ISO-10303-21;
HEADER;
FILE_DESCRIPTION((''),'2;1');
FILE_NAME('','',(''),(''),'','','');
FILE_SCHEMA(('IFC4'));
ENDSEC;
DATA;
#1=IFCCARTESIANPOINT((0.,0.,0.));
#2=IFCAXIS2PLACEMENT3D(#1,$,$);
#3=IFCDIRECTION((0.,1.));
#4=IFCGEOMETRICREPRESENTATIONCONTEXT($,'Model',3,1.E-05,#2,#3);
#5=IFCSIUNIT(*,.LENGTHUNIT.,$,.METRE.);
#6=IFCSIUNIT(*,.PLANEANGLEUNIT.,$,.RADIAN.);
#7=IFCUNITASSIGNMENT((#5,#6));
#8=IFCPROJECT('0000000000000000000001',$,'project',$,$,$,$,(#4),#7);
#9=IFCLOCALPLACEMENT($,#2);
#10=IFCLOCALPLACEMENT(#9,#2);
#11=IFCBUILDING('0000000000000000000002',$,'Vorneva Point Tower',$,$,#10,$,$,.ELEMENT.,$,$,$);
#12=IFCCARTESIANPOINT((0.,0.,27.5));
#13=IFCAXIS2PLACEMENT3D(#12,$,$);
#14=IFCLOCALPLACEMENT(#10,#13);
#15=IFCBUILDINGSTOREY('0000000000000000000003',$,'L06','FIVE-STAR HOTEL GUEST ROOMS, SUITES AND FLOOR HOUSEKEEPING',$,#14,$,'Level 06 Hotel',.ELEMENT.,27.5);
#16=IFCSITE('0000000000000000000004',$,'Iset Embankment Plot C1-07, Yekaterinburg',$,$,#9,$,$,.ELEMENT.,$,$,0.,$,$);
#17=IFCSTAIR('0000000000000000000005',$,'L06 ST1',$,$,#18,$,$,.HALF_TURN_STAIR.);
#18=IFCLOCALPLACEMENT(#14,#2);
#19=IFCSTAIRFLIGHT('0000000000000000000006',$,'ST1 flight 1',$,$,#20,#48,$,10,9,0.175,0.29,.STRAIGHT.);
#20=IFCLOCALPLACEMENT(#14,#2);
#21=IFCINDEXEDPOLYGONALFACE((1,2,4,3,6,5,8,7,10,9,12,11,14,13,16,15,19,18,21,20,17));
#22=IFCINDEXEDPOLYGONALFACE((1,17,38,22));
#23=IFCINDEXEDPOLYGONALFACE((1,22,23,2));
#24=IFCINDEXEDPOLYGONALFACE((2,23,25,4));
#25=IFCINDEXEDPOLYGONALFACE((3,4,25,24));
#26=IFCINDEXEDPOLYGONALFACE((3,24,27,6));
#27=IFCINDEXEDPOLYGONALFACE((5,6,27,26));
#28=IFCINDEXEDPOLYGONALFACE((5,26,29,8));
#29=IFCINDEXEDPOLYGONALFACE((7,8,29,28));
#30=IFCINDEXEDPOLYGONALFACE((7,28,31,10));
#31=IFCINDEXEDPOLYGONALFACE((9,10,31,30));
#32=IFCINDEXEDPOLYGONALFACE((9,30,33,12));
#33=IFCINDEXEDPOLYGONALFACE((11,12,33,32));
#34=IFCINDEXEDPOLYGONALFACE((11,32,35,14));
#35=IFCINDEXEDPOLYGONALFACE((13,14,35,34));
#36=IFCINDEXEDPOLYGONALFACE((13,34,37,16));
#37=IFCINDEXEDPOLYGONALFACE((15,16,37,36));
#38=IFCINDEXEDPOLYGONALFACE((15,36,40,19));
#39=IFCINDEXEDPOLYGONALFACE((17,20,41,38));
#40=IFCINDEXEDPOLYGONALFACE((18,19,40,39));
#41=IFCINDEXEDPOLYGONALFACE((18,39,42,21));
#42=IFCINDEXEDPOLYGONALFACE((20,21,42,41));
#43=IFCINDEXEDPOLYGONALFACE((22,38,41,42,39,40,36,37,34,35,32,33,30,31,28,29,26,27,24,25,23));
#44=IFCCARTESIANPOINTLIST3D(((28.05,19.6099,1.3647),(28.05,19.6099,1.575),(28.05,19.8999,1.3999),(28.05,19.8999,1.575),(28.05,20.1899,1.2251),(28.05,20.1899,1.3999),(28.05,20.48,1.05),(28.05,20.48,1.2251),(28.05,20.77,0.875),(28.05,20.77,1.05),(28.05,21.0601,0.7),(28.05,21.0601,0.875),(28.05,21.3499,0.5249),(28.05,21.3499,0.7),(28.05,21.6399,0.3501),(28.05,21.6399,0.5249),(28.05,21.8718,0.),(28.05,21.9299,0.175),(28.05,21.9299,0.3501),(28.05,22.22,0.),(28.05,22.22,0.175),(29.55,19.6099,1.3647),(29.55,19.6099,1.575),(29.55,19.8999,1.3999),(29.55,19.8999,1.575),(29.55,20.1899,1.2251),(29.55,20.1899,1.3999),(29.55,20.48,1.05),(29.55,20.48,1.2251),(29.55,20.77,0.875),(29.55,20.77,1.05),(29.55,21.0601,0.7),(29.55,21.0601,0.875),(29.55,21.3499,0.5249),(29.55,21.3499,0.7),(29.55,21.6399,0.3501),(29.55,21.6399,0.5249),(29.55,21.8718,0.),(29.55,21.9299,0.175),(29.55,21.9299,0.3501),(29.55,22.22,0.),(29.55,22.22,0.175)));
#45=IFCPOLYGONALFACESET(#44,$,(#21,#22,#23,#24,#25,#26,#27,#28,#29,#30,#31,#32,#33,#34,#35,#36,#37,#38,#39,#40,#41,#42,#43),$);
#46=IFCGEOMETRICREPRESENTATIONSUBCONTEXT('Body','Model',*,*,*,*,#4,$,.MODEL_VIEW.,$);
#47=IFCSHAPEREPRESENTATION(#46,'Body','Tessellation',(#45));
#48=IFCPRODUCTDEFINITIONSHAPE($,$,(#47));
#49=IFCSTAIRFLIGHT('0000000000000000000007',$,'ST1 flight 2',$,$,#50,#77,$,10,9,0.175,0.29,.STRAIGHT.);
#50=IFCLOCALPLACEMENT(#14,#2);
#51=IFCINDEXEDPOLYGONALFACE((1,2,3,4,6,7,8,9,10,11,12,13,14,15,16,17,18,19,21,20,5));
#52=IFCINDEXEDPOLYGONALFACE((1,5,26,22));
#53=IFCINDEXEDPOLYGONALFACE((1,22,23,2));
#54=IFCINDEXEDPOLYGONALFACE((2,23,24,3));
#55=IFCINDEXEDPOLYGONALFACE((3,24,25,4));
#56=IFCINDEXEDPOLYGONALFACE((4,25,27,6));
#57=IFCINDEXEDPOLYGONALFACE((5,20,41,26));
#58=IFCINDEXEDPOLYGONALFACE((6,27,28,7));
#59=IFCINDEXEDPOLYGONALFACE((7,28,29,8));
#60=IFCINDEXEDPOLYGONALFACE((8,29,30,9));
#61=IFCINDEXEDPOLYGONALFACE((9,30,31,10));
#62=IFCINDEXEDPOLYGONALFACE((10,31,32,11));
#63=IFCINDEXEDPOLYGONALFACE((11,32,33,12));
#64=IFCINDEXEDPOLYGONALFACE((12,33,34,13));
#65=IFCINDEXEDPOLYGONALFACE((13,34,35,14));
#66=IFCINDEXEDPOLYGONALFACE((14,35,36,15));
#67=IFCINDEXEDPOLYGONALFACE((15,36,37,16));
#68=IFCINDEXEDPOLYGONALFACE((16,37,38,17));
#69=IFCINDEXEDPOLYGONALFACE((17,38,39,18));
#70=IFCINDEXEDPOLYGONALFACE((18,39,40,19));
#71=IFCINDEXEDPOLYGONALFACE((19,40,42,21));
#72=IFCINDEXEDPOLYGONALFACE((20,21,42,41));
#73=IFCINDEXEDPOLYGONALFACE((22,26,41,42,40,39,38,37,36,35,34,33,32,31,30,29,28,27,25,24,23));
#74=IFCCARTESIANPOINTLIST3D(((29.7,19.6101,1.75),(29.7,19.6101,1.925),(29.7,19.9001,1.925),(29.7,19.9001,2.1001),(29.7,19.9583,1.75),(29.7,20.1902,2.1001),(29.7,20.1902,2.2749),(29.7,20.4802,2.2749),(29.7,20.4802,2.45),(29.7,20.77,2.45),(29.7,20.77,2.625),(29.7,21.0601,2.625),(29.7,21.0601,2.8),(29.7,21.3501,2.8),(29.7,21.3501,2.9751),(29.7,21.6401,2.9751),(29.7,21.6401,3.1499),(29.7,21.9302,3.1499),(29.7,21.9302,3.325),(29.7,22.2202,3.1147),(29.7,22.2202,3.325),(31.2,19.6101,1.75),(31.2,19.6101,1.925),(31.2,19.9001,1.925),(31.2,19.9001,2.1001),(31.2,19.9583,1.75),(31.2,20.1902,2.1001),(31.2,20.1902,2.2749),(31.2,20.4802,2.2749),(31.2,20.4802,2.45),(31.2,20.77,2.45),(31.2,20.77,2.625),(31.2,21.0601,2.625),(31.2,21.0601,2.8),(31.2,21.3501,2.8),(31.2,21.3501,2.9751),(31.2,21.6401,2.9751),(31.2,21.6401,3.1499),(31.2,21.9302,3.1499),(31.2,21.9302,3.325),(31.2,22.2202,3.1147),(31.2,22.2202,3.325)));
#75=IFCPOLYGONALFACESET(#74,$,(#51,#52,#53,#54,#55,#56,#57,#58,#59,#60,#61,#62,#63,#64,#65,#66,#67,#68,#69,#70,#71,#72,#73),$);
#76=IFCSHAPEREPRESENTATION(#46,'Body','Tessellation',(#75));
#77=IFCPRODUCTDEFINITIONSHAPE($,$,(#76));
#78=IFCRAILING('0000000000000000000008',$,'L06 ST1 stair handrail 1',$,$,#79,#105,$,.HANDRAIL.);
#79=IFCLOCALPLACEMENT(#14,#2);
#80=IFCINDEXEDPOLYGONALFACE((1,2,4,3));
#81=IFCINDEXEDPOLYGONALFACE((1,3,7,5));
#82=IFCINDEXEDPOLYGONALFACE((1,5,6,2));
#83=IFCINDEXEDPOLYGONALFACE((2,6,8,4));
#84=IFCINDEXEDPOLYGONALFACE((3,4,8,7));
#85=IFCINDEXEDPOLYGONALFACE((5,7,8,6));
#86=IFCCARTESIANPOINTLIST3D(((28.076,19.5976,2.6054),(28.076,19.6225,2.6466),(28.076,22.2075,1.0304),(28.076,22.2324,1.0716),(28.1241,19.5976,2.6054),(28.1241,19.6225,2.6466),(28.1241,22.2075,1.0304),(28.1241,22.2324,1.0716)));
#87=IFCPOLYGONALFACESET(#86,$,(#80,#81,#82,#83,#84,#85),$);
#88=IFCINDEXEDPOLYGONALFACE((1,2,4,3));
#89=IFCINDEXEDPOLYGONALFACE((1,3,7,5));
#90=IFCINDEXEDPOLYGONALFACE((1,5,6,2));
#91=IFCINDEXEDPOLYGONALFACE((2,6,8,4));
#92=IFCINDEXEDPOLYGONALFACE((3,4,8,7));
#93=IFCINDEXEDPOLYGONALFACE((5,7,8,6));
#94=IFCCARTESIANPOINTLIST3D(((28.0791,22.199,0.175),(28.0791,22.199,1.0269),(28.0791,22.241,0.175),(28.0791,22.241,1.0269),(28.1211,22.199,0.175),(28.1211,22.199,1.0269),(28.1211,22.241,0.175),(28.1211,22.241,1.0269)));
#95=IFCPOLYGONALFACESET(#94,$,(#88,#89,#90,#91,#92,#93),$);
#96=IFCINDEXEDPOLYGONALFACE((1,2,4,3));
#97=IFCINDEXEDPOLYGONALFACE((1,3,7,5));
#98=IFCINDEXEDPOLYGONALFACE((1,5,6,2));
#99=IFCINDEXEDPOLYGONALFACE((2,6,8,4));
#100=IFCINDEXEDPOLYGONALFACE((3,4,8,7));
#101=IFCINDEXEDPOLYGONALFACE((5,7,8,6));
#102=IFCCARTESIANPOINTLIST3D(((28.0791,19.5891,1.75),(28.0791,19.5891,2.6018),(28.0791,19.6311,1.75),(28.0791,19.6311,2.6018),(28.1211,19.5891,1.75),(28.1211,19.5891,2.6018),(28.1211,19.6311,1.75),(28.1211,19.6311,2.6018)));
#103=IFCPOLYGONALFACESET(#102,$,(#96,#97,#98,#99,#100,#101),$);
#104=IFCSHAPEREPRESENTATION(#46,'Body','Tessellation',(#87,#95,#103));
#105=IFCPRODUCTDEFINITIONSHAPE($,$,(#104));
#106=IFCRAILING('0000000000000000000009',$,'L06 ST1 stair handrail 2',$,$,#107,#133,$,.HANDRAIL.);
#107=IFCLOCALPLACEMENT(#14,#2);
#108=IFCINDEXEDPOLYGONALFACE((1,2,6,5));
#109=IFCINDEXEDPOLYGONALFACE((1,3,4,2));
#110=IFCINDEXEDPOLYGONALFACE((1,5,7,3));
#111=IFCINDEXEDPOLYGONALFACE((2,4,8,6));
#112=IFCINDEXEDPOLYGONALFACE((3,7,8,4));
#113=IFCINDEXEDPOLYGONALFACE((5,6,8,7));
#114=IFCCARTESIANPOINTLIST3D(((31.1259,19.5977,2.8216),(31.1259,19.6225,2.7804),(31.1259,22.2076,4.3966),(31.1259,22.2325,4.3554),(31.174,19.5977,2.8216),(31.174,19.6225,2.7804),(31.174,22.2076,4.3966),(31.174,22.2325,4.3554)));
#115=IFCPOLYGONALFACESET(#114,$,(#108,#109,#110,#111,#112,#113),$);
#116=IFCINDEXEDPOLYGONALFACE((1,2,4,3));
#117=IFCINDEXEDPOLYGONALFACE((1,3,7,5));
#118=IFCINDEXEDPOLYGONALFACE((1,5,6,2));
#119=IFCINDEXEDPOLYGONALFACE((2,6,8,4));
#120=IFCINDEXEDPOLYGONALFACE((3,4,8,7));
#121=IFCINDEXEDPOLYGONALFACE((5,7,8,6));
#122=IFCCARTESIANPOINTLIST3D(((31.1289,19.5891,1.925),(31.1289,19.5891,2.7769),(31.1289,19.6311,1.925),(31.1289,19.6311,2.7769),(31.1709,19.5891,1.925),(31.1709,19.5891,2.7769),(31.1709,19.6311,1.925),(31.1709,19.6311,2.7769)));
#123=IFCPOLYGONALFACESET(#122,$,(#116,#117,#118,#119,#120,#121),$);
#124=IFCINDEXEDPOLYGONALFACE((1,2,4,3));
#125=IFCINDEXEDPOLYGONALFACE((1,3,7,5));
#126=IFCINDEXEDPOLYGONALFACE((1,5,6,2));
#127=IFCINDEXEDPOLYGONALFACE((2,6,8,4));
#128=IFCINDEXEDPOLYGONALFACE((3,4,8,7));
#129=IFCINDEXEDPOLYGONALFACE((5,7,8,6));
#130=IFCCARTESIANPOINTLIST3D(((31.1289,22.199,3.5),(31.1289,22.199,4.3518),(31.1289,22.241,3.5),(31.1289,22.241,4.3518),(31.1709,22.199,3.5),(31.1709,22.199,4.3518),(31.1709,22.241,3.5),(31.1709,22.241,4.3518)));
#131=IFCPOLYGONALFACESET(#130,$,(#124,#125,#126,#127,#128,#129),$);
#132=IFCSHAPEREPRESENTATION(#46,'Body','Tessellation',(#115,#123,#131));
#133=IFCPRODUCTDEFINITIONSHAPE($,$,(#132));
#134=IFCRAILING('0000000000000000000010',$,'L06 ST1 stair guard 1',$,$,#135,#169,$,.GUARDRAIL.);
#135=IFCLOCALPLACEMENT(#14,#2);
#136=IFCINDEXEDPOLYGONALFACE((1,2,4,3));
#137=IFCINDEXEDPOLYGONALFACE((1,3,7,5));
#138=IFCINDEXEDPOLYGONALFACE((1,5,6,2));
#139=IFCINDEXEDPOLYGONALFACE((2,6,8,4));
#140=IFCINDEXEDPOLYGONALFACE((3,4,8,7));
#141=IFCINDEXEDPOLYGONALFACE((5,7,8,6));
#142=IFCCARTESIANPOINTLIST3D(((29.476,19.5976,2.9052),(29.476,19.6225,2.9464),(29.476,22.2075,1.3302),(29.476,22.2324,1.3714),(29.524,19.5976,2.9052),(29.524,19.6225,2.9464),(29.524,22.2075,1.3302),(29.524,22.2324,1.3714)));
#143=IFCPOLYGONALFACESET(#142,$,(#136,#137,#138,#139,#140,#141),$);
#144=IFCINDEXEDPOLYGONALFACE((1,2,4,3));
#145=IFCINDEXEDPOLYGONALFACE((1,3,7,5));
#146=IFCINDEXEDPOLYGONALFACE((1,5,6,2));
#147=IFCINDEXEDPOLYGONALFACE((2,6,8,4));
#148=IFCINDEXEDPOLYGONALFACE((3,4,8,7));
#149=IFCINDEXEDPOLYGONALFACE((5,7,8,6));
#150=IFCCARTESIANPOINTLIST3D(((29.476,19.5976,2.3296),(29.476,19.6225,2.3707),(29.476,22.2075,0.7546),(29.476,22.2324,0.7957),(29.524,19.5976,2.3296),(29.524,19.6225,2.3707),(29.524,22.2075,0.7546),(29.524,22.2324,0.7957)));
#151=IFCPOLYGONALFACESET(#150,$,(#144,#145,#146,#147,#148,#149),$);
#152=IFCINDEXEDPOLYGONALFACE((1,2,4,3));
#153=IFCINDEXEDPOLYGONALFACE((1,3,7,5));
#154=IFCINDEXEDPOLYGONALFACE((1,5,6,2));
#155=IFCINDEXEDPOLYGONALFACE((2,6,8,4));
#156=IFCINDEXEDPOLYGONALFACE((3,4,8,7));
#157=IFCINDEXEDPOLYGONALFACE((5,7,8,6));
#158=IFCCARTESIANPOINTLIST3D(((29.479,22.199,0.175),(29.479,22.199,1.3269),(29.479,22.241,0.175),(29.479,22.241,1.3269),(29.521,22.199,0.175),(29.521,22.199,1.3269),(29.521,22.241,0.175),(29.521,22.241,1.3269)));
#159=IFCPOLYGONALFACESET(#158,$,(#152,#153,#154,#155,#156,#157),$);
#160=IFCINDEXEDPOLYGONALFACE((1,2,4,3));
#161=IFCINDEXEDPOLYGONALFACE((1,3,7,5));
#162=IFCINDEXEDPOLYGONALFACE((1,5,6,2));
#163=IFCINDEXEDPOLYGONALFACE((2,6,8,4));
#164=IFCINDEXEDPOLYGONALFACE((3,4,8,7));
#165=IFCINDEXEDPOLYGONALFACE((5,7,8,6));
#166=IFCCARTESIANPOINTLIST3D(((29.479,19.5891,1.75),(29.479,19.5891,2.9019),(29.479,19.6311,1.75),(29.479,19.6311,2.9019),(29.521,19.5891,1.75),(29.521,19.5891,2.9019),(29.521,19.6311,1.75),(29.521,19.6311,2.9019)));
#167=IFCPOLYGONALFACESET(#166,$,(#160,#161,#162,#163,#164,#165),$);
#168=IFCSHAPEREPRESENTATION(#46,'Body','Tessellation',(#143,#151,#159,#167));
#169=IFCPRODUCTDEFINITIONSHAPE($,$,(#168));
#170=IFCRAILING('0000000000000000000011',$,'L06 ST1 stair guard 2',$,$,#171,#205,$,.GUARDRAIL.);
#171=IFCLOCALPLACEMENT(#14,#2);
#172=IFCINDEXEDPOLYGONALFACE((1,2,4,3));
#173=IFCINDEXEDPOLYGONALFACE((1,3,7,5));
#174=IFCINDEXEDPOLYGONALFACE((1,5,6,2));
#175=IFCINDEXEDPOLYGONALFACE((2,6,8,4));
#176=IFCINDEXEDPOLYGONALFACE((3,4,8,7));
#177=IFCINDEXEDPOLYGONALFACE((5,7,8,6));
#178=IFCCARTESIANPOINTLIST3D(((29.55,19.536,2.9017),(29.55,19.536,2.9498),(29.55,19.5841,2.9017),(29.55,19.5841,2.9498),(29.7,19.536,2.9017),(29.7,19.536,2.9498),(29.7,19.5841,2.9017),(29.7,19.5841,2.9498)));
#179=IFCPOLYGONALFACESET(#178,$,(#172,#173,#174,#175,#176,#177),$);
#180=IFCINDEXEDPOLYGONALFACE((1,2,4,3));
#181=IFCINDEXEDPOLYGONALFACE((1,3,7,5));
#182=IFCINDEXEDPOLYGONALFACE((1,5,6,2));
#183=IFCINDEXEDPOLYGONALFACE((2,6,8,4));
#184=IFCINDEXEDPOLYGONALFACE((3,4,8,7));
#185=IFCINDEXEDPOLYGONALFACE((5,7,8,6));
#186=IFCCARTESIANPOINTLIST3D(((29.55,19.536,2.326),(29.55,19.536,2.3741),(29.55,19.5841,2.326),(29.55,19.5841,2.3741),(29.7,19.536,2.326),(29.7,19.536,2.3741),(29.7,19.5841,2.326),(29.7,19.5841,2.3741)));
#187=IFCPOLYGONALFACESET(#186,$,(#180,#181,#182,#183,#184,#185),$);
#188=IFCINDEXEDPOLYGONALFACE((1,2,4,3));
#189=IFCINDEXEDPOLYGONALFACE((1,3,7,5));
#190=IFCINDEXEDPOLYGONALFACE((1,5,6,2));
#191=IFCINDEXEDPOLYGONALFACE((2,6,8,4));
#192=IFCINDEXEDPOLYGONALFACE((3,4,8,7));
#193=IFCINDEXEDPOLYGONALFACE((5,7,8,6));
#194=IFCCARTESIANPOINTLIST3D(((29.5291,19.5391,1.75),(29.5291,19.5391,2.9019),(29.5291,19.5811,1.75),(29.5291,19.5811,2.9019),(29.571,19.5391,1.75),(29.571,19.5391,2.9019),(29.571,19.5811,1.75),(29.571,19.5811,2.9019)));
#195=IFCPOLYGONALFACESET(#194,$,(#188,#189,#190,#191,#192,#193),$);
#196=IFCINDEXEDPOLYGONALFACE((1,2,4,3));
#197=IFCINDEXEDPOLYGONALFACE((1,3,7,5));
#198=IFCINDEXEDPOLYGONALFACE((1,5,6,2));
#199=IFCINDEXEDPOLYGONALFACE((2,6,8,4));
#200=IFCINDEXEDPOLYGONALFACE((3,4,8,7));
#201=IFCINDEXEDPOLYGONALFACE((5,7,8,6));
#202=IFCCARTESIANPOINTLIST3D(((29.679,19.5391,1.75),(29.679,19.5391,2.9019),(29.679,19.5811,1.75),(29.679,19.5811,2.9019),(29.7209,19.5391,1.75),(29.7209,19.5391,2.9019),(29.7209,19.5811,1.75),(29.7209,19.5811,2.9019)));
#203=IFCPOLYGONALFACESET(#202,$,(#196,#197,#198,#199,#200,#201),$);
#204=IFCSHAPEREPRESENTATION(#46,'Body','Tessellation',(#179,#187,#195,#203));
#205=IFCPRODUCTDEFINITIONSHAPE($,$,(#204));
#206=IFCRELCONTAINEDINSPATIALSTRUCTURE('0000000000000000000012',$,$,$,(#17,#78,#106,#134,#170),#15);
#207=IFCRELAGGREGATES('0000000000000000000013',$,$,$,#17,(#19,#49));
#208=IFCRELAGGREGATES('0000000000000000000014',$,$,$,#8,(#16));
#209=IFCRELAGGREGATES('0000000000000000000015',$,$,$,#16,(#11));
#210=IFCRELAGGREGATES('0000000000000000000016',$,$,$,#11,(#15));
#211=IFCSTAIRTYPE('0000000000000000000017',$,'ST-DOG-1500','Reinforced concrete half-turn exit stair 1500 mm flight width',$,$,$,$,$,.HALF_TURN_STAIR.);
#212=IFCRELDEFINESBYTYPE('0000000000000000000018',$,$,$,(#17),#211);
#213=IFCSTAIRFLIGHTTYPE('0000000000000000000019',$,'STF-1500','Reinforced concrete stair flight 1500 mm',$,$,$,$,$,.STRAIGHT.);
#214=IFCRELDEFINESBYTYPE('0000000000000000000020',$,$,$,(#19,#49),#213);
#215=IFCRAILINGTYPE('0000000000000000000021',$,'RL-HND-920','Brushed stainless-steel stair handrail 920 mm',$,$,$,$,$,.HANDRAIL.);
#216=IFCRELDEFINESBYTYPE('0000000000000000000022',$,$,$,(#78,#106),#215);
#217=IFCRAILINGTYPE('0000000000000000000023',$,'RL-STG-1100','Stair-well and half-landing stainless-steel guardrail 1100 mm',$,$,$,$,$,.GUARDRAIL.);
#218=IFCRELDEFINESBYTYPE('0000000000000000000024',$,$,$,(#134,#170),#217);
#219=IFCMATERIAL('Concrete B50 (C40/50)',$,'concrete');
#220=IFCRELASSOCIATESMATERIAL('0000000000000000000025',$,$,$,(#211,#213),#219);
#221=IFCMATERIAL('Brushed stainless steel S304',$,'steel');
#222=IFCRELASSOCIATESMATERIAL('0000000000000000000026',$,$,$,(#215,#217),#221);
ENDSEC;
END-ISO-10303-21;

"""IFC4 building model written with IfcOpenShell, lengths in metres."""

from ifc_helpers import new_model, si_unit, direction, frame, origin, origin_2d, place, context, subcontext, project, spatial, polyline, rectangle, outline, extrude, material, type_object, element, aggregate, save


model = new_model("IFC4")

# Units and contexts
model_context = context("Model", 3, precision=1e-05, world=origin(), true_north=direction((0.0, 1.0)))
body_context = subcontext(model_context, "Body", "Model", "MODEL_VIEW")
ifc_project = project(units=[si_unit("LENGTHUNIT", "METRE"), si_unit("PLANEANGLEUNIT", "RADIAN")], contexts=[model_context])

# Site, building, storey
site_placement = place(None, origin())
site = spatial("IfcSite", under=ifc_project, at=site_placement, Name="Iset Embankment Plot C1-07, Yekaterinburg", CompositionType="ELEMENT", RefElevation=0.0)
building_placement = place(site_placement, origin())
building = spatial("IfcBuilding", under=site, at=building_placement, Name="Vorneva Point Tower", CompositionType="ELEMENT")
storey_placement = place(building_placement, frame((0.0, 0.0, 27.5)))
storey = spatial("IfcBuildingStorey", under=building, at=storey_placement, Name="L06", Description="FIVE-STAR HOTEL GUEST ROOMS, SUITES AND FLOOR HOUSEKEEPING", LongName="Level 06 Hotel", CompositionType="ELEMENT", Elevation=27.5)

# Shared definitions
ifc_material_1 = material(Name="Concrete B50 (C40/50)", Category="concrete")

# Stair, stair flights
stair_type = type_object("IfcStairType", Name="ST-DOG-1500", Description="Reinforced concrete half-turn exit stair 1500 mm flight width", PredefinedType="HALF_TURN_STAIR", material=ifc_material_1)
stair_placement = place(storey_placement, origin())
stair = element("IfcStair", 1, at=stair_placement, inside=storey, type_object=stair_type, Name="L06 ST1", PredefinedType="HALF_TURN_STAIR")
stair_flight_type = type_object("IfcStairFlightType", Name="STF-1500", Description="Reinforced concrete stair flight 1500 mm", PredefinedType="STRAIGHT", material=ifc_material_1)
stair_flight_1_placement = place(storey_placement, frame((28.8, 22.22, 0.0), z_axis=(0.0, 0.0, 1.0), x_axis=(0.0, -1.0, 0.0)))
stair_flight_1 = element("IfcStairFlight", 2, at=stair_flight_1_placement, type_object=stair_flight_type, Name="ST1 flight 1", NumberOfRisers=10, NumberOfTreads=9, PredefinedType="STRAIGHT", RiserHeight=0.175, TreadLength=0.29, context=body_context, shape_type="SweptSolid", body=[
    extrude(outline(polyline([(0.0, 0.0), (0.0, 0.175), (0.29, 0.175), (0.29, 0.3501), (0.5801, 0.3501), (0.5801, 0.5249), (0.8701, 0.5249), (0.8701, 0.7), (1.1599, 0.7), (1.1599, 0.875), (1.45, 0.875), (1.45, 1.05), (1.74, 1.05), (1.74, 1.2251), (2.03, 1.2251), (2.03, 1.3999), (2.3201, 1.3999), (2.3201, 1.575), (2.6101, 1.575), (2.6101, 1.75), (2.6101, 1.3647), (0.3481, 0.0), (0.0, 0.0)])), frame((0.0, 0.75, 0.0), z_axis=(0.0, -1.0, 0.0), x_axis=(1.0, 0.0, 0.0)), (0.0, 0.0, 1.0), 1.5),
])
stair_flight_2_placement = place(storey_placement, frame((30.45, 19.6101, 1.75), z_axis=(0.0, 0.0, 1.0), x_axis=(0.0, 1.0, 0.0)))
stair_flight_2 = element("IfcStairFlight", 3, at=stair_flight_2_placement, type_object=stair_flight_type, Name="ST1 flight 2", NumberOfRisers=10, NumberOfTreads=9, PredefinedType="STRAIGHT", RiserHeight=0.175, TreadLength=0.29, context=body_context, shape_type="SweptSolid", body=[
    extrude(outline(polyline([(0.0, 0.0), (0.0, 0.175), (0.29, 0.175), (0.29, 0.3501), (0.5801, 0.3501), (0.5801, 0.5249), (0.8701, 0.5249), (0.8701, 0.7), (1.1599, 0.7), (1.1599, 0.875), (1.45, 0.875), (1.45, 1.05), (1.74, 1.05), (1.74, 1.2251), (2.03, 1.2251), (2.03, 1.3999), (2.3201, 1.3999), (2.3201, 1.575), (2.6101, 1.575), (2.6101, 1.75), (2.6101, 1.3647), (0.3481, 0.0), (0.0, 0.0)])), frame((0.0, 0.75, 0.0), z_axis=(0.0, -1.0, 0.0), x_axis=(1.0, 0.0, 0.0)), (0.0, 0.0, 1.0), 1.5),
])
aggregate(stair, [stair_flight_1, stair_flight_2])

# Railings
ifc_material_2 = material(Name="Brushed stainless steel S304", Category="steel")
railing_type_1 = type_object("IfcRailingType", Name="RL-HND-920", Description="Brushed stainless-steel stair handrail 920 mm", PredefinedType="HANDRAIL", material=ifc_material_2)
railing_1_placement = place(storey_placement, frame((28.1001, 22.22, 0.175)))
element("IfcRailing", 4, at=railing_1_placement, inside=storey, type_object=railing_type_1, Name="L06 ST1 stair handrail 1", PredefinedType="HANDRAIL", context=body_context, shape_type="SweptSolid", body=[
    extrude(rectangle(XDim=0.0481, YDim=0.0481, at=origin_2d()), frame((0.0, 0.0, 0.876), z_axis=(0.0, -0.856183, 0.516673), x_axis=(1.0, 0.0, 0.0)), (0.0, 0.0, 1.0), 3.0483),
    extrude(rectangle(XDim=0.042, YDim=0.042, at=origin_2d()), origin(), (0.0, 0.0, 1.0), 0.8518),
    extrude(rectangle(XDim=0.042, YDim=0.042, at=origin_2d()), frame((0.0, -2.6099, 1.575)), (0.0, 0.0, 1.0), 0.8518),
])
railing_2_placement = place(storey_placement, frame((31.1499, 19.6101, 1.925)))
element("IfcRailing", 5, at=railing_2_placement, inside=storey, type_object=railing_type_1, Name="L06 ST1 stair handrail 2", PredefinedType="HANDRAIL", context=body_context, shape_type="SweptSolid", body=[
    extrude(rectangle(XDim=0.0481, YDim=0.0481, at=origin_2d()), frame((0.0, 0.0, 0.876), z_axis=(0.0, 0.856183, 0.516673), x_axis=(-1.0, 0.0, 0.0)), (0.0, 0.0, 1.0), 3.0483),
    extrude(rectangle(XDim=0.042, YDim=0.042, at=origin_2d()), origin(), (0.0, 0.0, 1.0), 0.8518),
    extrude(rectangle(XDim=0.042, YDim=0.042, at=origin_2d()), frame((0.0, 2.6099, 1.575)), (0.0, 0.0, 1.0), 0.8518),
])
railing_type_2 = type_object("IfcRailingType", Name="RL-STG-1100", Description="Stair-well and half-landing stainless-steel guardrail 1100 mm", PredefinedType="GUARDRAIL", material=ifc_material_2)
railing_3_placement = place(storey_placement, frame((29.5, 22.22, 0.175)))
element("IfcRailing", 6, at=railing_3_placement, inside=storey, type_object=railing_type_2, Name="L06 ST1 stair guard 1", PredefinedType="GUARDRAIL", context=body_context, shape_type="SweptSolid", body=[
    extrude(rectangle(XDim=0.0481, YDim=0.0481, at=origin_2d()), frame((0.0, 0.0, 1.1758), z_axis=(0.0, -0.856183, 0.516673), x_axis=(1.0, 0.0, 0.0)), (0.0, 0.0, 1.0), 3.0483),
    extrude(rectangle(XDim=0.0481, YDim=0.0481, at=origin_2d()), frame((0.0, 0.0, 0.6001), z_axis=(0.0, -0.856183, 0.516673), x_axis=(1.0, 0.0, 0.0)), (0.0, 0.0, 1.0), 3.0483),
    extrude(rectangle(XDim=0.042, YDim=0.042, at=origin_2d()), origin(), (0.0, 0.0, 1.0), 1.1519),
    extrude(rectangle(XDim=0.042, YDim=0.042, at=origin_2d()), frame((0.0, -2.6099, 1.575)), (0.0, 0.0, 1.0), 1.1519),
])
railing_4_placement = place(storey_placement, frame((29.55, 19.5601, 1.75)))
element("IfcRailing", 7, at=railing_4_placement, inside=storey, type_object=railing_type_2, Name="L06 ST1 stair guard 2", PredefinedType="GUARDRAIL", context=body_context, shape_type="SweptSolid", body=[
    extrude(rectangle(XDim=0.0481, YDim=0.0481, at=origin_2d()), frame((0.0, 0.0, 1.1758), z_axis=(1.0, 0.0, 0.0), x_axis=(0.0, 1.0, 0.0)), (0.0, 0.0, 1.0), 0.1499),
    extrude(rectangle(XDim=0.0481, YDim=0.0481, at=origin_2d()), frame((0.0, 0.0, 0.6001), z_axis=(1.0, 0.0, 0.0), x_axis=(0.0, 1.0, 0.0)), (0.0, 0.0, 1.0), 0.1499),
    extrude(rectangle(XDim=0.042, YDim=0.042, at=origin_2d()), origin(), (0.0, 0.0, 1.0), 1.1519),
    extrude(rectangle(XDim=0.042, YDim=0.042, at=origin_2d()), frame((0.1499, 0.0, 0.0)), (0.0, 0.0, 1.0), 1.1519),
])

save(model, "model.ifc")
